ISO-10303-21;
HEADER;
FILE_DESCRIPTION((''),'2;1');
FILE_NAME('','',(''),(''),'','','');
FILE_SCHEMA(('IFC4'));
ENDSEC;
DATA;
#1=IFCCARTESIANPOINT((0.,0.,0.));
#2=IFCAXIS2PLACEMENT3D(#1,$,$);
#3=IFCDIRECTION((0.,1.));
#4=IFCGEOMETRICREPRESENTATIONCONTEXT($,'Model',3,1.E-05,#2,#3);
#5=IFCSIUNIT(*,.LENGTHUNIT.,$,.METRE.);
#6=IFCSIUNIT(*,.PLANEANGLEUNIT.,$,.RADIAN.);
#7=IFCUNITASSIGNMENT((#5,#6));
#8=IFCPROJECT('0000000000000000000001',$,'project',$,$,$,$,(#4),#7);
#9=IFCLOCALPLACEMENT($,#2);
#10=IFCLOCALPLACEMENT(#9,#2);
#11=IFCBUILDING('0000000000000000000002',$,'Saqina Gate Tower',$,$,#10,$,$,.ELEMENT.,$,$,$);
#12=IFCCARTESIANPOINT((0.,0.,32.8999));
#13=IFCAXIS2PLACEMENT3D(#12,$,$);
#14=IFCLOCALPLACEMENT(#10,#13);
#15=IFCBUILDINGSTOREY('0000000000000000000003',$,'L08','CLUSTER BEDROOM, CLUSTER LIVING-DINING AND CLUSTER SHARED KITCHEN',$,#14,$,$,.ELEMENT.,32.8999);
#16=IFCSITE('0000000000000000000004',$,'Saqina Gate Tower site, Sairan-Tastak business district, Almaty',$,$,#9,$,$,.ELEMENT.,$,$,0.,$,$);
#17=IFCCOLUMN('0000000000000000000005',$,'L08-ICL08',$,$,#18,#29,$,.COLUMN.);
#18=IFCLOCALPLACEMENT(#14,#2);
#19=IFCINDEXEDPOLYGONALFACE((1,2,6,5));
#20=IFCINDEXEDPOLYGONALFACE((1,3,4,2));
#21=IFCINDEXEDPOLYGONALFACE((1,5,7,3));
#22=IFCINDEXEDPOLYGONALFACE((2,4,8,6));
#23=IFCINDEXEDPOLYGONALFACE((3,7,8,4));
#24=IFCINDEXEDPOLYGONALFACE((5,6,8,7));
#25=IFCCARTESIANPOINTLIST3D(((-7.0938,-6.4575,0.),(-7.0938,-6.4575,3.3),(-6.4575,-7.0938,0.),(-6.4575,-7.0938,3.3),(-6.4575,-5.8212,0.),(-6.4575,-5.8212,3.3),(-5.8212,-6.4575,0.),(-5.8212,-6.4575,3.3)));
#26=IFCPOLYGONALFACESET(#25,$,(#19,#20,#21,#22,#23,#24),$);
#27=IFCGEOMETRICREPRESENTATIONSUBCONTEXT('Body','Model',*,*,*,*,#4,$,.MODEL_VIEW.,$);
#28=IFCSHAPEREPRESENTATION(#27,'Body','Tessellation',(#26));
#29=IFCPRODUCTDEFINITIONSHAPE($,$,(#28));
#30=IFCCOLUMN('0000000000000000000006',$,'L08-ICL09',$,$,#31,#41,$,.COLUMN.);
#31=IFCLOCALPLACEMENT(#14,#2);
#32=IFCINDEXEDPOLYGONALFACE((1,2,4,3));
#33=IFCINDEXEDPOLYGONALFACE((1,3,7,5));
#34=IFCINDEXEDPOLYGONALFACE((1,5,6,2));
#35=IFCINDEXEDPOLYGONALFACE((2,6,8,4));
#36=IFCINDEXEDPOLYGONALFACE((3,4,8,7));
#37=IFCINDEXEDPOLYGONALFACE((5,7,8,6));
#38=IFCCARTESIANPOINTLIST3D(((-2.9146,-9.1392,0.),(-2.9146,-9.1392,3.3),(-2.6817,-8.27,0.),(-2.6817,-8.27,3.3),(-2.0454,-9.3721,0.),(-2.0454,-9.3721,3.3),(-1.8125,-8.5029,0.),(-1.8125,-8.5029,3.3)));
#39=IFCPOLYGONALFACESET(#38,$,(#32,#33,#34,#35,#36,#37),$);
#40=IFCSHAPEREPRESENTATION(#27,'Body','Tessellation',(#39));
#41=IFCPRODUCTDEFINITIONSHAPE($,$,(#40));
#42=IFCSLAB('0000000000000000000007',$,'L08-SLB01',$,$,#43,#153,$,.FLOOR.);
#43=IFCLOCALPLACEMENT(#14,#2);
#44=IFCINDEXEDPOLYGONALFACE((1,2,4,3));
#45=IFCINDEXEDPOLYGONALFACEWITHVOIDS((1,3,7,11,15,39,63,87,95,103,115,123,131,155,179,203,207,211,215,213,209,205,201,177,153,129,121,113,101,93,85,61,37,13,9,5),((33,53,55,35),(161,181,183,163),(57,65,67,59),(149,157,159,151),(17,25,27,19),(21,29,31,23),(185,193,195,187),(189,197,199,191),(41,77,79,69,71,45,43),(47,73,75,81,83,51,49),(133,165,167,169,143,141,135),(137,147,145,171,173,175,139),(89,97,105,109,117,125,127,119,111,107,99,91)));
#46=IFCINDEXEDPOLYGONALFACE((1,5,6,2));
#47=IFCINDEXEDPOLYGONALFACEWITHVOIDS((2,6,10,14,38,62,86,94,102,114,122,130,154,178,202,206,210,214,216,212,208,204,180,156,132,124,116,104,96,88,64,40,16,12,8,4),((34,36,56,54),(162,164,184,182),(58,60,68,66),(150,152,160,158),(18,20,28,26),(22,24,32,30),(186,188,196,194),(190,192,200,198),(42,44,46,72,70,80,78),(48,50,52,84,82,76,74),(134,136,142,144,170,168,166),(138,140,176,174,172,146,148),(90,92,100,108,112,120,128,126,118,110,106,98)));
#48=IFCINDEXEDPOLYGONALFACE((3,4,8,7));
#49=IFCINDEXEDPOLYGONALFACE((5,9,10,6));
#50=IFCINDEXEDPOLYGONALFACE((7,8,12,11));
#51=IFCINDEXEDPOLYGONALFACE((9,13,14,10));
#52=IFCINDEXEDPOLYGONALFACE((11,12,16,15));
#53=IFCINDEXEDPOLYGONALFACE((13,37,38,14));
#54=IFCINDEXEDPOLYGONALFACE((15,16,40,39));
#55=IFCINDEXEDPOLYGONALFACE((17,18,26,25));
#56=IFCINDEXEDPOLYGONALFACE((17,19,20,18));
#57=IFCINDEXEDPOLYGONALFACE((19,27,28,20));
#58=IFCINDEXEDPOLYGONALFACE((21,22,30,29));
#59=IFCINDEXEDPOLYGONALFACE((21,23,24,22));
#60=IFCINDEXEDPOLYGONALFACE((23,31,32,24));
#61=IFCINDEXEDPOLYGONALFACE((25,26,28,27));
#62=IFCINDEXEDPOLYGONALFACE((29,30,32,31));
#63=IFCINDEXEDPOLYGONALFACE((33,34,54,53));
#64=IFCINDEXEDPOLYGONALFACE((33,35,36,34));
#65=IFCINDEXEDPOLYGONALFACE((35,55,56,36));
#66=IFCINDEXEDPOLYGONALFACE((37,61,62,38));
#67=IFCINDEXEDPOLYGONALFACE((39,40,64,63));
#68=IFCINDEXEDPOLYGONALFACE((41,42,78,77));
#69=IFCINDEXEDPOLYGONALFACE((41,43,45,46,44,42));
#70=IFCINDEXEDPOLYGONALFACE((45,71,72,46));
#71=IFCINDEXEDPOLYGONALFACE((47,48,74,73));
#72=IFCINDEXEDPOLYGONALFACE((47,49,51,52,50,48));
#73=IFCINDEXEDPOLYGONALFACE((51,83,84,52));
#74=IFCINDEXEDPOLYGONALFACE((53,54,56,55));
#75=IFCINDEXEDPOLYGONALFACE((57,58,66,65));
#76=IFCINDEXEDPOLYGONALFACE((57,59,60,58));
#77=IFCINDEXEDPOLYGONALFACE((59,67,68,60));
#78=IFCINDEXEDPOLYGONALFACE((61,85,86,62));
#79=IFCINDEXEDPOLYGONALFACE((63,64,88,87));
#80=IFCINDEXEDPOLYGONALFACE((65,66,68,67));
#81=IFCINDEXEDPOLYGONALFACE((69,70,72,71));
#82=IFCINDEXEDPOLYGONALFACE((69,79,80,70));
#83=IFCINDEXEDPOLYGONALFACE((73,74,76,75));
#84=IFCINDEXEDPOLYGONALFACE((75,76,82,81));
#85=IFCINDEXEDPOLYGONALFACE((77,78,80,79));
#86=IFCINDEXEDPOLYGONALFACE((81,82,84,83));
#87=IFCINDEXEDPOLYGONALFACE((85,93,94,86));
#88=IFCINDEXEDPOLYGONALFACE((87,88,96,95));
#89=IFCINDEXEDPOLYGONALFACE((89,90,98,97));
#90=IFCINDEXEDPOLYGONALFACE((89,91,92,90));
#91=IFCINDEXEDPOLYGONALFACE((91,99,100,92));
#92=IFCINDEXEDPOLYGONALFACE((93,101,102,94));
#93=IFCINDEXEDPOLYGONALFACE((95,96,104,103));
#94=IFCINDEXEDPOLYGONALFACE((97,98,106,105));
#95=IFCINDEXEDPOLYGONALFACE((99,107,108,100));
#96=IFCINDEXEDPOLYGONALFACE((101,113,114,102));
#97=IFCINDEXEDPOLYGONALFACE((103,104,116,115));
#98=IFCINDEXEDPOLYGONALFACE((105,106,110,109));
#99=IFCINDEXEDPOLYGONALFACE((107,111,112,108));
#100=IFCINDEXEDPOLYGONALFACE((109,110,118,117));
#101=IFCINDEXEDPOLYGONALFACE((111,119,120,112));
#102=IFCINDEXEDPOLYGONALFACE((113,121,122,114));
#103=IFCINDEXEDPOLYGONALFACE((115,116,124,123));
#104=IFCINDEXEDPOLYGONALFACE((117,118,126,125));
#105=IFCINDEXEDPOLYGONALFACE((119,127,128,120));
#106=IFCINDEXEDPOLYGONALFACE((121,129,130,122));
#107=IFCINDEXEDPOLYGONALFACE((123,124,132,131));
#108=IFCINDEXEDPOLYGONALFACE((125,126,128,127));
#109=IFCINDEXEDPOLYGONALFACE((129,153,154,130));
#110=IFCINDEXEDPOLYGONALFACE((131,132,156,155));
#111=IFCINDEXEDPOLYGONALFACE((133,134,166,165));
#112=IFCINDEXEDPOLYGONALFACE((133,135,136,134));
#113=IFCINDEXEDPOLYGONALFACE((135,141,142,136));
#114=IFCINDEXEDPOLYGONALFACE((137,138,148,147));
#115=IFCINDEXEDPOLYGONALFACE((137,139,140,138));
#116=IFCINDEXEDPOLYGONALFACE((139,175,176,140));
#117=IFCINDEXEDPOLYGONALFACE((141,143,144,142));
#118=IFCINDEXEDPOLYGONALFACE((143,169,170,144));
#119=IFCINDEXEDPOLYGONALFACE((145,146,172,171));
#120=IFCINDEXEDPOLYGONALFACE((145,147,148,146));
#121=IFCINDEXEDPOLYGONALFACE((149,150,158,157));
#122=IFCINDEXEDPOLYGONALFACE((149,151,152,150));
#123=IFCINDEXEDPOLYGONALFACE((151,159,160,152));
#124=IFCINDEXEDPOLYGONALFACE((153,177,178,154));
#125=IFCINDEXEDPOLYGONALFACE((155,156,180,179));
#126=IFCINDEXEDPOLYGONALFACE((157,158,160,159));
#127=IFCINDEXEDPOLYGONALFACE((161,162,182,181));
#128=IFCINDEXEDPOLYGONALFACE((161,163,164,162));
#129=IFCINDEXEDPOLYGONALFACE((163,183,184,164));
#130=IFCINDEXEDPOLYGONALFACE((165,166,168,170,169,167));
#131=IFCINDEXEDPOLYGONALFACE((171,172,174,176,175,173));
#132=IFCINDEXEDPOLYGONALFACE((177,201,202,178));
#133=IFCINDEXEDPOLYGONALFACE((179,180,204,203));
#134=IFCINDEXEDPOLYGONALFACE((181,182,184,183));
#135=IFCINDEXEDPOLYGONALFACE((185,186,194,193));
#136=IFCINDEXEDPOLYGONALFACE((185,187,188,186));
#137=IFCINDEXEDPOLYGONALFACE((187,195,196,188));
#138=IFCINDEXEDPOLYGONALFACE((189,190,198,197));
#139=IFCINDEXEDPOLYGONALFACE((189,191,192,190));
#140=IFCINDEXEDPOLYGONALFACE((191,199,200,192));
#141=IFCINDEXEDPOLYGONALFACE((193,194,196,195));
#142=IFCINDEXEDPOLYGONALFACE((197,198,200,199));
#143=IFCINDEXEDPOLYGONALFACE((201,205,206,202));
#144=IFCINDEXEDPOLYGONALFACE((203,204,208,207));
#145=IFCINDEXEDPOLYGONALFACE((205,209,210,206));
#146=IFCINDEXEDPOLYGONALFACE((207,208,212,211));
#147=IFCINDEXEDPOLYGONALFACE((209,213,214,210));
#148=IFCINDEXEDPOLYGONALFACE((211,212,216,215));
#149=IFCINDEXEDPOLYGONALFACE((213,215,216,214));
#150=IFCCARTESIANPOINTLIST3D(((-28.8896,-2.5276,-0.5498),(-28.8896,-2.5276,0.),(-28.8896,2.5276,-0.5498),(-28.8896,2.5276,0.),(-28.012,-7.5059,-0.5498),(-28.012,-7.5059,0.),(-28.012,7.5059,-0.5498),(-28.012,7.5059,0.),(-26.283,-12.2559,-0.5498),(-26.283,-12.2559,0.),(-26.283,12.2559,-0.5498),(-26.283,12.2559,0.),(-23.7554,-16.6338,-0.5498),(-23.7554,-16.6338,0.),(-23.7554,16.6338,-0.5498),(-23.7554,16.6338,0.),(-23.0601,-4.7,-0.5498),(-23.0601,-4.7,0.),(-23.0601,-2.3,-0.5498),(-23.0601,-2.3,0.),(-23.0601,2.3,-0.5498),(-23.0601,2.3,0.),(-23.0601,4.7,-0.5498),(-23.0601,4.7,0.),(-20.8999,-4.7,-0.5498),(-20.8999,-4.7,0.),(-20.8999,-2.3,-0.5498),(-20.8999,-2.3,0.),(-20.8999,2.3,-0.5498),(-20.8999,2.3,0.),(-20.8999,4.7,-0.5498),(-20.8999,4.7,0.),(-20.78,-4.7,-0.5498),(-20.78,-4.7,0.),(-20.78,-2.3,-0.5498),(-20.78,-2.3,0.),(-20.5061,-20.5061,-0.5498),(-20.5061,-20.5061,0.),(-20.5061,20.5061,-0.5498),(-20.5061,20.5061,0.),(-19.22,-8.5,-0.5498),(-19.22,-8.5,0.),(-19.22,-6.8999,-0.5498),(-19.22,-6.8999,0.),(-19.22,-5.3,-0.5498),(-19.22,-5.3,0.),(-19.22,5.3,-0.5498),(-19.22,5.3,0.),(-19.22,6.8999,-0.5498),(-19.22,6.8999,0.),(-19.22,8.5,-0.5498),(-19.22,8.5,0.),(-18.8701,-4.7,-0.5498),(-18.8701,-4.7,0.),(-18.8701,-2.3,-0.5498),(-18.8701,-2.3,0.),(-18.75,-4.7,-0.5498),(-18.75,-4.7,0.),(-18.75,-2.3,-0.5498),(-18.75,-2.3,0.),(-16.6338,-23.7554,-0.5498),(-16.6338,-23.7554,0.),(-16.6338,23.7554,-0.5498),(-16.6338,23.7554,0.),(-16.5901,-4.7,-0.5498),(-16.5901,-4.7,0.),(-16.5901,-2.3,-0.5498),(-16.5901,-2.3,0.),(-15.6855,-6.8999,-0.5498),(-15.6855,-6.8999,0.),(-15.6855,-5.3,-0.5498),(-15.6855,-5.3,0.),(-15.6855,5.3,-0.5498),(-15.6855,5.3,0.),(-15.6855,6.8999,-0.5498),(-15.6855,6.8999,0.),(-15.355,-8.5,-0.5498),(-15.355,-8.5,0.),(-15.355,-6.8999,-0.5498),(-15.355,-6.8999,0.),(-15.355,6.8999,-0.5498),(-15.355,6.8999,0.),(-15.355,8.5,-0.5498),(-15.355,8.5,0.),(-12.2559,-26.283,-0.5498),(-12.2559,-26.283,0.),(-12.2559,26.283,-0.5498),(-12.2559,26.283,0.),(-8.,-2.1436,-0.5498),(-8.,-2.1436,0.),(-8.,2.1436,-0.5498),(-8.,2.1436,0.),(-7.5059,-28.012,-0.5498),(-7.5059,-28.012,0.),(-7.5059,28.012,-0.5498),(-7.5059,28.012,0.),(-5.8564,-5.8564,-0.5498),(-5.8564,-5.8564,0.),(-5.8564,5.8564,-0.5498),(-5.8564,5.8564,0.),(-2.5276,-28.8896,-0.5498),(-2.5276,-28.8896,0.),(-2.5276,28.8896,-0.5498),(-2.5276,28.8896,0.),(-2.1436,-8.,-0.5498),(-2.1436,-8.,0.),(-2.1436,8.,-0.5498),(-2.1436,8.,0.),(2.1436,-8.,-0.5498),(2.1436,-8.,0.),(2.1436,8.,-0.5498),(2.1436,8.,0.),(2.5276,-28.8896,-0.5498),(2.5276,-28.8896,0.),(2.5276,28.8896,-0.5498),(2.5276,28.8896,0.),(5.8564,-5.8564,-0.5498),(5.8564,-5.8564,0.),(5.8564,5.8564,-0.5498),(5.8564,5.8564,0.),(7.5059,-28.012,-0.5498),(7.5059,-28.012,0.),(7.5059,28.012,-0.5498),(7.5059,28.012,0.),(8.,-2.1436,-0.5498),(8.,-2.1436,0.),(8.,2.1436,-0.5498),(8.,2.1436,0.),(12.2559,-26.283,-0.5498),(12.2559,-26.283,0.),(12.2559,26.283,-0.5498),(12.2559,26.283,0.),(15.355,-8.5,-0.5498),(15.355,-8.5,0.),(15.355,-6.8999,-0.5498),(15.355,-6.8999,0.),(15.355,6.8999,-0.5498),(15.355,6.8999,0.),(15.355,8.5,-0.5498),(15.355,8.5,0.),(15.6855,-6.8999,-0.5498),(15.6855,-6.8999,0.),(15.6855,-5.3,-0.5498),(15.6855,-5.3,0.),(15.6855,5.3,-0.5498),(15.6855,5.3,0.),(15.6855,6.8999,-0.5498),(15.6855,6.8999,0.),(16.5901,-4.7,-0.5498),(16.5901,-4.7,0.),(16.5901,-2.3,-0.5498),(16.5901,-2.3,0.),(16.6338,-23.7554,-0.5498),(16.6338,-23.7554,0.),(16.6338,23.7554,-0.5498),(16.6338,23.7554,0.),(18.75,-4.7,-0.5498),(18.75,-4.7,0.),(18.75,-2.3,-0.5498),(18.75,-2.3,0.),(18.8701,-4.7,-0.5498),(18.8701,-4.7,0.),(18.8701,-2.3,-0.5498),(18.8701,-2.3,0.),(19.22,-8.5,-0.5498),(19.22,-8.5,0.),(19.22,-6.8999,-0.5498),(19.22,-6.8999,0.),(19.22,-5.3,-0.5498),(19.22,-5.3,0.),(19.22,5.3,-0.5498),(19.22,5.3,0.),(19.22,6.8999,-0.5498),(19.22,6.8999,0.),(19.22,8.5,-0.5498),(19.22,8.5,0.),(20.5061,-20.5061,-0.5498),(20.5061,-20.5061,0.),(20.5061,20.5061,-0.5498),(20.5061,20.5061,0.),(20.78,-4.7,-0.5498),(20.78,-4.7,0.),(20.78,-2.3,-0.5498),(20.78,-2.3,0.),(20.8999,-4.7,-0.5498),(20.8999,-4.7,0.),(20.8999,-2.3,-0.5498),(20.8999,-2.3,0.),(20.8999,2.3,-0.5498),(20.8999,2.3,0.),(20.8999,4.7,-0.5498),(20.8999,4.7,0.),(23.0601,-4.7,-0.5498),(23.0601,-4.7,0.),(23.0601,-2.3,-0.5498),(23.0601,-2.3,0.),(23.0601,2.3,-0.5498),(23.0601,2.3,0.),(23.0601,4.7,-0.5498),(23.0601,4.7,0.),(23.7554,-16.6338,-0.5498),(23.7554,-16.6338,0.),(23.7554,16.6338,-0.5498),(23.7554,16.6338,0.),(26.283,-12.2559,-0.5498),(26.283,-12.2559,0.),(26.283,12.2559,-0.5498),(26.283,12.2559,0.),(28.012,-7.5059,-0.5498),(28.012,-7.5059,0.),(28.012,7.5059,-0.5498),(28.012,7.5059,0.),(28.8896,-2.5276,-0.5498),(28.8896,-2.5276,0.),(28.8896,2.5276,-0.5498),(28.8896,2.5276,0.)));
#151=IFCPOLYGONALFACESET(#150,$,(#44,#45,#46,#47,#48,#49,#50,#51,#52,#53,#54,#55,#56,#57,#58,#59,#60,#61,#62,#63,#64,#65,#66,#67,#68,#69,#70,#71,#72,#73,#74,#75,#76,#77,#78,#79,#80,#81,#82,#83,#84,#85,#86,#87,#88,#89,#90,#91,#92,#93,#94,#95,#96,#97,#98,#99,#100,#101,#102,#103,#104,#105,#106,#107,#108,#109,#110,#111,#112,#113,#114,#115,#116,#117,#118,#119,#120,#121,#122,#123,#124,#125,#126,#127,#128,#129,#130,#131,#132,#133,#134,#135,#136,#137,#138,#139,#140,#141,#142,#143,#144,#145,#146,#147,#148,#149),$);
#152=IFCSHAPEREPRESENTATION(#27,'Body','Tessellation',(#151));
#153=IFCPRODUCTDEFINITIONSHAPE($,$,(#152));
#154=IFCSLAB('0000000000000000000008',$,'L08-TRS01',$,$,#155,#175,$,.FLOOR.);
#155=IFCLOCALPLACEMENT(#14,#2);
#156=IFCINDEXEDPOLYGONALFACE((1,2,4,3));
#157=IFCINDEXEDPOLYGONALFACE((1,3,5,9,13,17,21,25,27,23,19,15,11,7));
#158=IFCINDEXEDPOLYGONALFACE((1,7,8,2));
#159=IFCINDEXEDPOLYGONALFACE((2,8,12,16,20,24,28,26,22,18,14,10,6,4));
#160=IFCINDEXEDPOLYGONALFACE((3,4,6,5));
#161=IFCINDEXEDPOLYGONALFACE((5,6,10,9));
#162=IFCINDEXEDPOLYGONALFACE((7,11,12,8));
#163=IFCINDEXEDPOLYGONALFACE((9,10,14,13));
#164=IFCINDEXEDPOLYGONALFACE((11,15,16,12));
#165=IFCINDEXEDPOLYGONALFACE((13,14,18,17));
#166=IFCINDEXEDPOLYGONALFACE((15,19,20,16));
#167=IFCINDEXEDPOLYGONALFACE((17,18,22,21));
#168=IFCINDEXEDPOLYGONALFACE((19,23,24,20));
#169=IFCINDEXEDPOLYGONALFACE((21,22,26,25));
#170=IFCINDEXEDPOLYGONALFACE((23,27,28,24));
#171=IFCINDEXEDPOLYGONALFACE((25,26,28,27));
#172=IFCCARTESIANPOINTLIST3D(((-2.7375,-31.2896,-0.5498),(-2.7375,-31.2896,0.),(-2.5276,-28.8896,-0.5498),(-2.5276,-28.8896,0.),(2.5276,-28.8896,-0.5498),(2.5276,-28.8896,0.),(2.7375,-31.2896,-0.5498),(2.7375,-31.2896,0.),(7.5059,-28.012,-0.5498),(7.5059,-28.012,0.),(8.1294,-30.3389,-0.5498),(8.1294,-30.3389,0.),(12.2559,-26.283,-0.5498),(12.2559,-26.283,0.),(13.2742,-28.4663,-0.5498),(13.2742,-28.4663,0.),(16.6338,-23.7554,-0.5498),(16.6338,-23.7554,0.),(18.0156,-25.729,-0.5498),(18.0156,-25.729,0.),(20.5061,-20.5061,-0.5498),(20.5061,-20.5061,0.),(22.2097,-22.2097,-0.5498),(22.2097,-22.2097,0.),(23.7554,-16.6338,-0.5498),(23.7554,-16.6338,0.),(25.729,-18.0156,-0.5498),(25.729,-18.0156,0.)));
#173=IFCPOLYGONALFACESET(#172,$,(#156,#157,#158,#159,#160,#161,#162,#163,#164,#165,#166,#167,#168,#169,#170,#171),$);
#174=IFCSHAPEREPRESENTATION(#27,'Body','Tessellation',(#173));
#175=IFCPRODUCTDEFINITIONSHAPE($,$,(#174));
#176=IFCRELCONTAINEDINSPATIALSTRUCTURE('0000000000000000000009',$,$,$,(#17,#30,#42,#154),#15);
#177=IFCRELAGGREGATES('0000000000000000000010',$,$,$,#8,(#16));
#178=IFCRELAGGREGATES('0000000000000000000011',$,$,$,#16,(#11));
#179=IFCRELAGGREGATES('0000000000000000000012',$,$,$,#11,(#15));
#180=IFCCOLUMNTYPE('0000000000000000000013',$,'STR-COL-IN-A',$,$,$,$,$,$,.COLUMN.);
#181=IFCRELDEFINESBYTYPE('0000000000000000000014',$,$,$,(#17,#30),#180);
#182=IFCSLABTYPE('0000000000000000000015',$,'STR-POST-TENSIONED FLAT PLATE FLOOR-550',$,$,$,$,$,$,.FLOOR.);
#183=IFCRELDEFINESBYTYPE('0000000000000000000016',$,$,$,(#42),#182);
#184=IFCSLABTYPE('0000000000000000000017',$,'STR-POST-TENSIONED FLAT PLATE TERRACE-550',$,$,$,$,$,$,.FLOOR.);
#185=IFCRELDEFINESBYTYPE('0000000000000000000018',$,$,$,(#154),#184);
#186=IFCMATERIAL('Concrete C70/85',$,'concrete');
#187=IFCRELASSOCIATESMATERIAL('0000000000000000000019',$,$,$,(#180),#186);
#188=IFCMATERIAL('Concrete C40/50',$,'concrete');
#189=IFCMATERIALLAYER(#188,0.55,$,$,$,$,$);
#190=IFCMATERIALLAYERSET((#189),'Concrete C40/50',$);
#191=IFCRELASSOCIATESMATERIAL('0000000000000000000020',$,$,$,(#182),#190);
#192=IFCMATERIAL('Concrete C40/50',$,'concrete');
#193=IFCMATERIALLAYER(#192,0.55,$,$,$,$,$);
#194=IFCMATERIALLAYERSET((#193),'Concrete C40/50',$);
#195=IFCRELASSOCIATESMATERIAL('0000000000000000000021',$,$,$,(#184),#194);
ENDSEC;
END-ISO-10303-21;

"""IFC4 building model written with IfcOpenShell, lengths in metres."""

from ifc_helpers import new_model, si_unit, direction, frame, origin, origin_2d, place, context, subcontext, project, spatial, polyline, rectangle, outline, extrude, material, layer, layer_set, material_profile, profile_set, type_object, element, save


model = new_model("IFC4")

# Units and contexts
model_context = context("Model", 3, precision=1e-05, world=origin(), true_north=direction((0.0, 1.0)))
body_context = subcontext(model_context, "Body", "Model", "MODEL_VIEW")
ifc_project = project(units=[si_unit("LENGTHUNIT", "METRE"), si_unit("PLANEANGLEUNIT", "RADIAN")], contexts=[model_context])

# Site, building, storey
site_placement = place(None, origin())
site = spatial("IfcSite", under=ifc_project, at=site_placement, Name="Saqina Gate Tower site, Sairan-Tastak business district, Almaty", CompositionType="ELEMENT", RefElevation=0.0)
building_placement = place(site_placement, origin())
building = spatial("IfcBuilding", under=site, at=building_placement, Name="Saqina Gate Tower", CompositionType="ELEMENT")
storey_placement = place(building_placement, frame((0.0, 0.0, 32.8999)))
storey = spatial("IfcBuildingStorey", under=building, at=storey_placement, Name="L08", Description="CLUSTER BEDROOM, CLUSTER LIVING-DINING AND CLUSTER SHARED KITCHEN", CompositionType="ELEMENT", Elevation=32.8999)

# Columns
ifc_material_1 = material(Name="Concrete C70/85", Category="concrete")
ifc_material_profile = material_profile(ifc_material_1, rectangle(XDim=0.8999, YDim=0.8999, at=origin_2d()), Name="RC 900x900")
ifc_profile_set = profile_set([ifc_material_profile], Name="Concrete C70/85")
column_type = type_object("IfcColumnType", Name="STR-COL-IN-A", PredefinedType="COLUMN", material=ifc_profile_set)
for number, where, z_axis, x_axis, name in (
    (1, (-6.4575, -6.4575, 0.0), (0.0, 0.0, 1.0), (-0.707107, -0.707107, 0.0), "L08-ICL08"),
    (2, (-2.3635, -8.821, 0.0), (0.0, 0.0, 1.0), (-0.258819, -0.965926, 0.0), "L08-ICL09"),
):
    element("IfcColumn", number, at=place(storey_placement, frame(where, z_axis=z_axis, x_axis=x_axis)), inside=storey, type_object=column_type, Name=name, PredefinedType="COLUMN", context=body_context, shape_type="SweptSolid", body=[
        extrude(rectangle(XDim=0.8999, YDim=0.8999, at=origin_2d()), origin(), (0.0, 0.0, 1.0), 3.3),
    ])

# Slabs
ifc_material_2 = material(Name="Concrete C40/50", Category="concrete")
ifc_layer_1 = layer(ifc_material_2, 0.55)
ifc_layer_set_1 = layer_set([ifc_layer_1], Name="Concrete C40/50")
slab_type_1 = type_object("IfcSlabType", Name="STR-POST-TENSIONED FLAT PLATE FLOOR-550", PredefinedType="FLOOR", material=ifc_layer_set_1)
slab_1_placement = place(storey_placement, frame((0.0, 0.0, -0.5498)))
element("IfcSlab", 3, at=slab_1_placement, inside=storey, type_object=slab_type_1, Name="L08-SLB01", PredefinedType="FLOOR", context=body_context, shape_type="SweptSolid", body=[
    extrude(outline(polyline([(28.012, -7.5059), (28.8896, -2.5276), (28.8896, 2.5276), (28.012, 7.5059), (26.283, 12.2559), (23.7554, 16.6338), (20.5061, 20.5061), (16.6338, 23.7554), (12.2559, 26.283), (7.5059, 28.012), (2.5276, 28.8896), (-2.5276, 28.8896), (-7.5059, 28.012), (-12.2559, 26.283), (-16.6338, 23.7554), (-20.5061, 20.5061), (-23.7554, 16.6338), (-26.283, 12.2559), (-28.012, 7.5059), (-28.8896, 2.5276), (-28.8896, -2.5276), (-28.012, -7.5059), (-26.283, -12.2559), (-23.7554, -16.6338), (-20.5061, -20.5061), (-16.6338, -23.7554), (-12.2559, -26.283), (-7.5059, -28.012), (-2.5276, -28.8896), (2.5276, -28.8896), (7.5059, -28.012), (12.2559, -26.283), (16.6338, -23.7554), (20.5061, -20.5061), (23.7554, -16.6338), (26.283, -12.2559), (28.012, -7.5059)]), holes=[polyline([(2.1436, 8.0), (5.8564, 5.8564), (8.0, 2.1436), (8.0, -2.1436), (5.8564, -5.8564), (2.1436, -8.0), (-2.1436, -8.0), (-5.8564, -5.8564), (-8.0, -2.1436), (-8.0, 2.1436), (-5.8564, 5.8564), (-2.1436, 8.0), (2.1436, 8.0)]), polyline([(-19.22, -8.5), (-19.22, -6.8999), (-19.22, -5.3), (-15.6855, -5.3), (-15.6855, -6.8999), (-15.355, -6.8999), (-15.355, -8.5), (-19.22, -8.5)]), polyline([(-20.8999, -2.3), (-20.8999, -4.7), (-23.0601, -4.7), (-23.0601, -2.3), (-20.8999, -2.3)]), polyline([(-18.8701, -2.3), (-18.8701, -4.7), (-20.78, -4.7), (-20.78, -2.3), (-18.8701, -2.3)]), polyline([(-16.5901, -2.3), (-16.5901, -4.7), (-18.75, -4.7), (-18.75, -2.3), (-16.5901, -2.3)]), polyline([(-20.8999, 4.7), (-20.8999, 2.3), (-23.0601, 2.3), (-23.0601, 4.7), (-20.8999, 4.7)]), polyline([(-19.22, 6.8999), (-19.22, 8.5), (-15.355, 8.5), (-15.355, 6.8999), (-15.6855, 6.8999), (-15.6855, 5.3), (-19.22, 5.3), (-19.22, 6.8999)]), polyline([(15.355, -6.8999), (15.6855, -6.8999), (15.6855, -5.3), (19.22, -5.3), (19.22, -6.8999), (19.22, -8.5), (15.355, -8.5), (15.355, -6.8999)]), polyline([(18.75, -2.3), (18.75, -4.7), (16.5901, -4.7), (16.5901, -2.3), (18.75, -2.3)]), polyline([(20.78, -2.3), (20.78, -4.7), (18.8701, -4.7), (18.8701, -2.3), (20.78, -2.3)]), polyline([(23.0601, -2.3), (23.0601, -4.7), (20.8999, -4.7), (20.8999, -2.3), (23.0601, -2.3)]), polyline([(23.0601, 4.7), (23.0601, 2.3), (20.8999, 2.3), (20.8999, 4.7), (23.0601, 4.7)]), polyline([(15.6855, 6.8999), (15.355, 6.8999), (15.355, 8.5), (19.22, 8.5), (19.22, 6.8999), (19.22, 5.3), (15.6855, 5.3), (15.6855, 6.8999)])]), origin(), (0.0, 0.0, 1.0), 0.5498),
])
ifc_material_3 = material(Name="Concrete C40/50", Category="concrete")
ifc_layer_2 = layer(ifc_material_3, 0.55)
ifc_layer_set_2 = layer_set([ifc_layer_2], Name="Concrete C40/50")
slab_type_2 = type_object("IfcSlabType", Name="STR-POST-TENSIONED FLAT PLATE TERRACE-550", PredefinedType="FLOOR", material=ifc_layer_set_2)
slab_2_placement = place(storey_placement, frame((0.0, 0.0, -0.5498)))
element("IfcSlab", 4, at=slab_2_placement, inside=storey, type_object=slab_type_2, Name="L08-TRS01", PredefinedType="FLOOR", context=body_context, shape_type="SweptSolid", body=[
    extrude(outline(polyline([(-2.5276, -28.8896), (2.5276, -28.8896), (7.5059, -28.012), (12.2559, -26.283), (16.6338, -23.7554), (20.5061, -20.5061), (23.7554, -16.6338), (25.729, -18.0156), (22.2097, -22.2097), (18.0156, -25.729), (13.2742, -28.4663), (8.1294, -30.3389), (2.7375, -31.2896), (-2.7375, -31.2896), (-2.5276, -28.8896)])), origin(), (0.0, 0.0, 1.0), 0.5498),
])

save(model, "model.ifc")
